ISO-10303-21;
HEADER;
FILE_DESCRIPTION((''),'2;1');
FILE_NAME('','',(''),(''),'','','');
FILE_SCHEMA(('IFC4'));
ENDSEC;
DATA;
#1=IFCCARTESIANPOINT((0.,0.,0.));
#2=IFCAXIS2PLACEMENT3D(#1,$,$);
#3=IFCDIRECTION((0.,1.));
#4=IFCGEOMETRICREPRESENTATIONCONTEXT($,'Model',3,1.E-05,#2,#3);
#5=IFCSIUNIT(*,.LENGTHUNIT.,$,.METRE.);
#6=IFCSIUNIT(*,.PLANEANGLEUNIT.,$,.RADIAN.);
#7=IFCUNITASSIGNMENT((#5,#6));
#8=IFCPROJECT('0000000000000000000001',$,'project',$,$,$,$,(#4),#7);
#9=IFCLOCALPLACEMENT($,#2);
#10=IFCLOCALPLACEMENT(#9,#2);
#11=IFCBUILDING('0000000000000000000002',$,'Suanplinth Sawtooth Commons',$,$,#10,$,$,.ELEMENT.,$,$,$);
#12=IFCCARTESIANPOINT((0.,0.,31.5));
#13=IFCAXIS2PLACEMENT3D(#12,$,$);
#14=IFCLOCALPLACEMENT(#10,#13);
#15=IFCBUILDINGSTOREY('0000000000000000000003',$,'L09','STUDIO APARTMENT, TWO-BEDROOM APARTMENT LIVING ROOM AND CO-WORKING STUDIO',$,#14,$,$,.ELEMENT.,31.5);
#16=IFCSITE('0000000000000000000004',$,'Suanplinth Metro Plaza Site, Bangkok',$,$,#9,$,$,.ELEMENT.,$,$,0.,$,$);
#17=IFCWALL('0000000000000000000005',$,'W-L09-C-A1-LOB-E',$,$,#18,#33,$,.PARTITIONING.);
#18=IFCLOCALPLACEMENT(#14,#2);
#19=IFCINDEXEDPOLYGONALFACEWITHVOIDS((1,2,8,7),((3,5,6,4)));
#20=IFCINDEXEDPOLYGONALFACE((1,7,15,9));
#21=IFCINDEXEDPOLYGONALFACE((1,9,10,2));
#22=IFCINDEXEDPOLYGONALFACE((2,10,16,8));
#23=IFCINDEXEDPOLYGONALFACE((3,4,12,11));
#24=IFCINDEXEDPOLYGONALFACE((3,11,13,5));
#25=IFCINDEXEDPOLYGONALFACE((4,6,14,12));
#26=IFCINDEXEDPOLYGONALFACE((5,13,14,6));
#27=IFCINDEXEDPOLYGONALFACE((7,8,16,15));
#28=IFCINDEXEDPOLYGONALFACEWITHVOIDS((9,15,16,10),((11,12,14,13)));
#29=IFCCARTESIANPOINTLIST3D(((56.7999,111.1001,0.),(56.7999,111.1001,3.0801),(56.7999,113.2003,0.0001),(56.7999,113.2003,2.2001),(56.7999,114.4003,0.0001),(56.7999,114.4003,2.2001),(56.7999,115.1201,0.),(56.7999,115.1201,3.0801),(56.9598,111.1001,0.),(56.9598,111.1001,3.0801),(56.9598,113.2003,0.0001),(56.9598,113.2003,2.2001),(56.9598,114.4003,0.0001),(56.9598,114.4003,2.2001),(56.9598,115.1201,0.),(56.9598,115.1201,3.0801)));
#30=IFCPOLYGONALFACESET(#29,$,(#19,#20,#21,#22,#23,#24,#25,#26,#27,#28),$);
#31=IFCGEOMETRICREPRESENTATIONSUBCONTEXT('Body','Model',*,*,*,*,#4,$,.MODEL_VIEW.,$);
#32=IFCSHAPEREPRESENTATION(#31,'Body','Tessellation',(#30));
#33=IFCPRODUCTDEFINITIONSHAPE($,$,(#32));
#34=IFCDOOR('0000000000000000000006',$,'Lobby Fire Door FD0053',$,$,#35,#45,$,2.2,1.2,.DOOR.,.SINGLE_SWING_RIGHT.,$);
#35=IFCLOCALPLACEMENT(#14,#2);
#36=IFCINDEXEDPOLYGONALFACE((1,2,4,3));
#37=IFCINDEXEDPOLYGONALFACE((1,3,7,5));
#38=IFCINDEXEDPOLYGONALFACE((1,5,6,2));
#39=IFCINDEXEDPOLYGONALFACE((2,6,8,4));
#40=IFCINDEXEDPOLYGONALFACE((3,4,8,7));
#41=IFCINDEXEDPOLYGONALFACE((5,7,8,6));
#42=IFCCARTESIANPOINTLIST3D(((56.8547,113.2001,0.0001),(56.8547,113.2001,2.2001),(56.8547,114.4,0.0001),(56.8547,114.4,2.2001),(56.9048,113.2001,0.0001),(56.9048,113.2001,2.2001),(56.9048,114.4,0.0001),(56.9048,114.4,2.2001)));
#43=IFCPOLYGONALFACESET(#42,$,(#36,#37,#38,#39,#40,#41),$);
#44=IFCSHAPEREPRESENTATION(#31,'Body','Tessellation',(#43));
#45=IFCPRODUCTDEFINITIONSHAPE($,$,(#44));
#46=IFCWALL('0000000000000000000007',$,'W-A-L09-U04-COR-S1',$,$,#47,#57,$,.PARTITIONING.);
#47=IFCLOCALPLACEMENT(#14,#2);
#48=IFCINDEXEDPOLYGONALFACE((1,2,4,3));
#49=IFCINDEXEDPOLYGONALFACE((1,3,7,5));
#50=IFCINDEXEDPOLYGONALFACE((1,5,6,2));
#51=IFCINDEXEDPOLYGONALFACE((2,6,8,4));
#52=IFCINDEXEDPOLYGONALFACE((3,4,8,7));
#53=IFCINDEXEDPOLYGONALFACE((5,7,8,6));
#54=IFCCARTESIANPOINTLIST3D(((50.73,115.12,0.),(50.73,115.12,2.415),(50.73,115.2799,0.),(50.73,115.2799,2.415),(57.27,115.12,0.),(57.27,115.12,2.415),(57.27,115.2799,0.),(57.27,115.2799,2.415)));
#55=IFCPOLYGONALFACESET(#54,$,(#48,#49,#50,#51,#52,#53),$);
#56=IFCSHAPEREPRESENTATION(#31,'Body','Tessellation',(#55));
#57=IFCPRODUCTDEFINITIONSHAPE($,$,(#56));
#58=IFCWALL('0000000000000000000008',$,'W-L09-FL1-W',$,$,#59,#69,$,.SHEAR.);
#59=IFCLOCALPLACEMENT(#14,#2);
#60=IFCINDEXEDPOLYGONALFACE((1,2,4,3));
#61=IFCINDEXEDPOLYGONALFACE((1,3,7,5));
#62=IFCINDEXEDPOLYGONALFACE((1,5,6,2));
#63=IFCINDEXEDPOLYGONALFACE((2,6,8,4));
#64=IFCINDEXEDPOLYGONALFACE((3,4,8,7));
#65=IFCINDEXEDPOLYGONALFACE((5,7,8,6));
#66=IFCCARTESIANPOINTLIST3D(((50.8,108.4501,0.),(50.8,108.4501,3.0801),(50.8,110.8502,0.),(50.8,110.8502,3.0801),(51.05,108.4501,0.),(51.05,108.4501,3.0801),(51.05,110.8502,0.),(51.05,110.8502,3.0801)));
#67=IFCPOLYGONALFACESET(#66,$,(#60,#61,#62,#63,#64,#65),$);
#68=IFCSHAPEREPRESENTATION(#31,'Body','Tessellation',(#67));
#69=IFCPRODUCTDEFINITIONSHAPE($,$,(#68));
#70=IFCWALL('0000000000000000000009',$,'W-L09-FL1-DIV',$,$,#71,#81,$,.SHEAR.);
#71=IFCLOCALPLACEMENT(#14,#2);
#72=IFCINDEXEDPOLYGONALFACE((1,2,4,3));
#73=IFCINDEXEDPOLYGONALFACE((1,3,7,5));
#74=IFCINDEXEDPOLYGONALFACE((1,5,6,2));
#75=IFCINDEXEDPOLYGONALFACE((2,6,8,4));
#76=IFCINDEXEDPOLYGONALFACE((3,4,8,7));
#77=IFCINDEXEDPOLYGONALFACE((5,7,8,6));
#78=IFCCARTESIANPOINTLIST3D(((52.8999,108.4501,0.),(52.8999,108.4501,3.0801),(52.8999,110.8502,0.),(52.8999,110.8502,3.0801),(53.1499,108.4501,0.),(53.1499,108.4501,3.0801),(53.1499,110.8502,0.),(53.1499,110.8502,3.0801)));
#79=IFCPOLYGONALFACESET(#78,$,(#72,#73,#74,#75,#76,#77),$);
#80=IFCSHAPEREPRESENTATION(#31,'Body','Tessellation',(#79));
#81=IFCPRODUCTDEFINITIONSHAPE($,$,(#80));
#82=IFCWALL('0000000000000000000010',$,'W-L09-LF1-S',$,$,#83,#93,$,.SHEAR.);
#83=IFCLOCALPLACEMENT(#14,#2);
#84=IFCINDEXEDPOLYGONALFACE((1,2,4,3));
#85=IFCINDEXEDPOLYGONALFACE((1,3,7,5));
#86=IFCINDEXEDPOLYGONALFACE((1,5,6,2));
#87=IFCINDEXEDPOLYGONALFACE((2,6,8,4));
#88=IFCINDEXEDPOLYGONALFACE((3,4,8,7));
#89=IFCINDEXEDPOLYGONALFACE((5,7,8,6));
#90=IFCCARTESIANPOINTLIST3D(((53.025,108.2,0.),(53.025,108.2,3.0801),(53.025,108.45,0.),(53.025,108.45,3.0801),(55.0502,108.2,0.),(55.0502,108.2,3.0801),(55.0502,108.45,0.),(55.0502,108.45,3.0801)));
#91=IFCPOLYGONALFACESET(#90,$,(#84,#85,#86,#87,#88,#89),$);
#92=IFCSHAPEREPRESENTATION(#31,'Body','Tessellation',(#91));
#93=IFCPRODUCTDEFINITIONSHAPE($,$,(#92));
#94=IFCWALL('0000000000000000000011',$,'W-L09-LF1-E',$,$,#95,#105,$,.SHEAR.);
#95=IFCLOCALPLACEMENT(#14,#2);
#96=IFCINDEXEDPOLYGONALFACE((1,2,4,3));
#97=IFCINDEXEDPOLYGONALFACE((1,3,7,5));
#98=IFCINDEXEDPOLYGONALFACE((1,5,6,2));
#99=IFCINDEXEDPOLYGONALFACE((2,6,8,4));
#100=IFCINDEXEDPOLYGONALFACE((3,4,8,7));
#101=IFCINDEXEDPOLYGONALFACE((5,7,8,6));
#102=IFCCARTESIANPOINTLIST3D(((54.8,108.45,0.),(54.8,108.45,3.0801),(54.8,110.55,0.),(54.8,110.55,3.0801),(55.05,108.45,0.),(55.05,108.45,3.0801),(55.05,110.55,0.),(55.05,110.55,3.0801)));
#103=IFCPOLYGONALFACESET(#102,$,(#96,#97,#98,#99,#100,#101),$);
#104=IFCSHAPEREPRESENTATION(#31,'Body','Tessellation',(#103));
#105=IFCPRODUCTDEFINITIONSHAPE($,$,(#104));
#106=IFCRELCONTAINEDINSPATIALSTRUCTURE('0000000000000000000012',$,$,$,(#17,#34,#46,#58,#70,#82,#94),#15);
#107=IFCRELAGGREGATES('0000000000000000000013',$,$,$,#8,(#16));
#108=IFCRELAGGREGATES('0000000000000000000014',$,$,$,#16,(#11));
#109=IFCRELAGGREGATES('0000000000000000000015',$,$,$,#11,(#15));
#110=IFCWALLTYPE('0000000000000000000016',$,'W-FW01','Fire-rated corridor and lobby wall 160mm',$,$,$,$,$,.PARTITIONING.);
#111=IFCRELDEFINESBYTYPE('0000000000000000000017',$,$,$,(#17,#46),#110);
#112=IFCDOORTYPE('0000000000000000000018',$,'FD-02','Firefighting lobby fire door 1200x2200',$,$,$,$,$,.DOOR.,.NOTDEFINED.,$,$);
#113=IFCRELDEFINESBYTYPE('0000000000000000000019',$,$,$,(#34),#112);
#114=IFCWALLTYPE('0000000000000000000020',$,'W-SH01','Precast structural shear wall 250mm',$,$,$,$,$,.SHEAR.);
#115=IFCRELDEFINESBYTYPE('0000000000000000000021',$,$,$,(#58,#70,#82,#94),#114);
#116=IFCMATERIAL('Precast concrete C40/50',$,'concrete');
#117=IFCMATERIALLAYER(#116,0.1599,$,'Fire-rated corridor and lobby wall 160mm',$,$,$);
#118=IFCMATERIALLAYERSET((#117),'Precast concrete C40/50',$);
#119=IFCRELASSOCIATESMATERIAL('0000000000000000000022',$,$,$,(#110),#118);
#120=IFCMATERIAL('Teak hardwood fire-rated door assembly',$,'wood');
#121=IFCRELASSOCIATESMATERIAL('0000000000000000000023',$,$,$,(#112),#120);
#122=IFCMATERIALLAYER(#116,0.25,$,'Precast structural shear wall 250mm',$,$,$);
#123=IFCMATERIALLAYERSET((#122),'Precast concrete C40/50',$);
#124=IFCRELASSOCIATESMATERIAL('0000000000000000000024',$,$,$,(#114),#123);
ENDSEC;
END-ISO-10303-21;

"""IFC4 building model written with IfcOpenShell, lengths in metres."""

from ifc_helpers import new_model, si_unit, direction, frame, frame_2d, origin, place, context, subcontext, project, spatial, rectangle, extrude, material, layer, layer_set, type_object, element, fill, save


model = new_model("IFC4")

# Units and contexts
model_context = context("Model", 3, precision=1e-05, world=origin(), true_north=direction((0.0, 1.0)))
body_context = subcontext(model_context, "Body", "Model", "MODEL_VIEW")
ifc_project = project(units=[si_unit("LENGTHUNIT", "METRE"), si_unit("PLANEANGLEUNIT", "RADIAN")], contexts=[model_context])

# Site, building, storey
site_placement = place(None, origin())
site = spatial("IfcSite", under=ifc_project, at=site_placement, Name="Suanplinth Metro Plaza Site, Bangkok", CompositionType="ELEMENT", RefElevation=0.0)
building_placement = place(site_placement, origin())
building = spatial("IfcBuilding", under=site, at=building_placement, Name="Suanplinth Sawtooth Commons", CompositionType="ELEMENT")
storey_placement = place(building_placement, frame((0.0, 0.0, 31.5)))
storey = spatial("IfcBuildingStorey", under=building, at=storey_placement, Name="L09", Description="STUDIO APARTMENT, TWO-BEDROOM APARTMENT LIVING ROOM AND CO-WORKING STUDIO", CompositionType="ELEMENT", Elevation=31.5)

# Shared definitions
ifc_material_1 = material(Name="Precast concrete C40/50", Category="concrete")

# Shared definitions
ifc_material_2 = material(Name="Teak hardwood fire-rated door assembly", Category="wood")

# Wall, opening, door
ifc_layer_1 = layer(ifc_material_1, 0.1599, Name="Fire-rated corridor and lobby wall 160mm")
ifc_layer_set_1 = layer_set([ifc_layer_1], Name="Precast concrete C40/50")
wall_type_1 = type_object("IfcWallType", Name="W-FW01", Description="Fire-rated corridor and lobby wall 160mm", PredefinedType="PARTITIONING", material=ifc_layer_set_1)
door_type_1 = type_object("IfcDoorType", Name="FD-02", Description="Firefighting lobby fire door 1200x2200", OperationType="NOTDEFINED", PredefinedType="DOOR", material=ifc_material_2)
wall_1_placement = place(storey_placement, frame((56.8799, 111.1001, 0.0), z_axis=(0.0, 0.0, 1.0), x_axis=(0.0, 1.0, 0.0)))
wall_1 = element("IfcWall", 1, at=wall_1_placement, inside=storey, type_object=wall_type_1, Name="W-L09-C-A1-LOB-E", PredefinedType="PARTITIONING", context=body_context, shape_type="SweptSolid", body=[
    extrude(rectangle(XDim=4.02, YDim=0.1599, at=frame_2d((2.01, 0.0))), origin(), (0.0, 0.0, 1.0), 3.0801),
])
opening_1_placement = place(wall_1_placement, frame((2.1001, 0.0, 0.0)))
opening_1 = element("IfcOpeningElement", 2, at=opening_1_placement, cuts=wall_1, PredefinedType="OPENING", context=body_context, shape_type="SweptSolid", body=[
    extrude(rectangle(XDim=1.2, YDim=2.2, at=frame_2d((0.6001, 1.1001))), frame((0.0, 0.0947, 0.0), z_axis=(0.0, -1.0, 0.0), x_axis=(1.0, 0.0, 0.0)), (0.0, 0.0, 1.0), 0.1897),
])
door_1_placement = place(opening_1_placement, frame((1.2, 0.0, 0.0), z_axis=(0.0, 0.0, 1.0), x_axis=(-1.0, 0.0, 0.0)))
door_1 = element("IfcDoor", 3, at=door_1_placement, inside=storey, type_object=door_type_1, Name="Lobby Fire Door FD0053", OperationType="SINGLE_SWING_RIGHT", OverallHeight=2.2, OverallWidth=1.2, PredefinedType="DOOR", context=body_context, shape_type="SweptSolid", body=[
    extrude(rectangle(XDim=1.2, YDim=2.2, at=frame_2d((0.6001, 1.1001))), frame((0.0, 0.0249, 0.0), z_axis=(0.0, -1.0, 0.0), x_axis=(1.0, 0.0, 0.0)), (0.0, 0.0, 1.0), 0.05),
])
fill(opening_1, door_1)

# Wall
wall_2_placement = place(storey_placement, frame((50.73, 115.2, 0.0), z_axis=(0.0, 0.0, 1.0), x_axis=(1.0, 0.0, 0.0)))
element("IfcWall", 4, at=wall_2_placement, inside=storey, type_object=wall_type_1, Name="W-A-L09-U04-COR-S1", PredefinedType="PARTITIONING", context=body_context, shape_type="SweptSolid", body=[
    extrude(rectangle(XDim=6.54, YDim=0.1599, at=frame_2d((3.27, 0.0))), origin(), (0.0, 0.0, 1.0), 2.415),
])

# Walls
ifc_layer_2 = layer(ifc_material_1, 0.25, Name="Precast structural shear wall 250mm")
ifc_layer_set_2 = layer_set([ifc_layer_2], Name="Precast concrete C40/50")
wall_type_2 = type_object("IfcWallType", Name="W-SH01", Description="Precast structural shear wall 250mm", PredefinedType="SHEAR", material=ifc_layer_set_2)
for number, where, z_axis, x_axis, name in (
    (5, (50.925, 108.45, 0.0), (0.0, 0.0, 1.0), (0.0, 1.0, 0.0), "W-L09-FL1-W"),
    (6, (53.0249, 108.45, 0.0), (0.0, 0.0, 1.0), (0.0, 1.0, 0.0), "W-L09-FL1-DIV"),
):
    element("IfcWall", number, at=place(storey_placement, frame(where, z_axis=z_axis, x_axis=x_axis)), inside=storey, type_object=wall_type_2, Name=name, PredefinedType="SHEAR", context=body_context, shape_type="SweptSolid", body=[
        extrude(rectangle(XDim=2.4001, YDim=0.25, at=frame_2d((1.2002, 0.0))), origin(), (0.0, 0.0, 1.0), 3.0801),
    ])
wall_3_placement = place(storey_placement, frame((53.0249, 108.325, 0.0), z_axis=(0.0, 0.0, 1.0), x_axis=(1.0, 0.0, 0.0)))
element("IfcWall", 7, at=wall_3_placement, inside=storey, type_object=wall_type_2, Name="W-L09-LF1-S", PredefinedType="SHEAR", context=body_context, shape_type="SweptSolid", body=[
    extrude(rectangle(XDim=2.0251, YDim=0.25, at=frame_2d((1.0127, 0.0))), origin(), (0.0, 0.0, 1.0), 3.0801),
])

# Wall
wall_4_placement = place(storey_placement, frame((54.925, 108.45, 0.0), z_axis=(0.0, 0.0, 1.0), x_axis=(0.0, 1.0, 0.0)))
element("IfcWall", 8, at=wall_4_placement, inside=storey, type_object=wall_type_2, Name="W-L09-LF1-E", PredefinedType="SHEAR", context=body_context, shape_type="SweptSolid", body=[
    extrude(rectangle(XDim=2.1001, YDim=0.25, at=frame_2d((1.05, 0.0))), origin(), (0.0, 0.0, 1.0), 3.0801),
])

save(model, "model.ifc")
